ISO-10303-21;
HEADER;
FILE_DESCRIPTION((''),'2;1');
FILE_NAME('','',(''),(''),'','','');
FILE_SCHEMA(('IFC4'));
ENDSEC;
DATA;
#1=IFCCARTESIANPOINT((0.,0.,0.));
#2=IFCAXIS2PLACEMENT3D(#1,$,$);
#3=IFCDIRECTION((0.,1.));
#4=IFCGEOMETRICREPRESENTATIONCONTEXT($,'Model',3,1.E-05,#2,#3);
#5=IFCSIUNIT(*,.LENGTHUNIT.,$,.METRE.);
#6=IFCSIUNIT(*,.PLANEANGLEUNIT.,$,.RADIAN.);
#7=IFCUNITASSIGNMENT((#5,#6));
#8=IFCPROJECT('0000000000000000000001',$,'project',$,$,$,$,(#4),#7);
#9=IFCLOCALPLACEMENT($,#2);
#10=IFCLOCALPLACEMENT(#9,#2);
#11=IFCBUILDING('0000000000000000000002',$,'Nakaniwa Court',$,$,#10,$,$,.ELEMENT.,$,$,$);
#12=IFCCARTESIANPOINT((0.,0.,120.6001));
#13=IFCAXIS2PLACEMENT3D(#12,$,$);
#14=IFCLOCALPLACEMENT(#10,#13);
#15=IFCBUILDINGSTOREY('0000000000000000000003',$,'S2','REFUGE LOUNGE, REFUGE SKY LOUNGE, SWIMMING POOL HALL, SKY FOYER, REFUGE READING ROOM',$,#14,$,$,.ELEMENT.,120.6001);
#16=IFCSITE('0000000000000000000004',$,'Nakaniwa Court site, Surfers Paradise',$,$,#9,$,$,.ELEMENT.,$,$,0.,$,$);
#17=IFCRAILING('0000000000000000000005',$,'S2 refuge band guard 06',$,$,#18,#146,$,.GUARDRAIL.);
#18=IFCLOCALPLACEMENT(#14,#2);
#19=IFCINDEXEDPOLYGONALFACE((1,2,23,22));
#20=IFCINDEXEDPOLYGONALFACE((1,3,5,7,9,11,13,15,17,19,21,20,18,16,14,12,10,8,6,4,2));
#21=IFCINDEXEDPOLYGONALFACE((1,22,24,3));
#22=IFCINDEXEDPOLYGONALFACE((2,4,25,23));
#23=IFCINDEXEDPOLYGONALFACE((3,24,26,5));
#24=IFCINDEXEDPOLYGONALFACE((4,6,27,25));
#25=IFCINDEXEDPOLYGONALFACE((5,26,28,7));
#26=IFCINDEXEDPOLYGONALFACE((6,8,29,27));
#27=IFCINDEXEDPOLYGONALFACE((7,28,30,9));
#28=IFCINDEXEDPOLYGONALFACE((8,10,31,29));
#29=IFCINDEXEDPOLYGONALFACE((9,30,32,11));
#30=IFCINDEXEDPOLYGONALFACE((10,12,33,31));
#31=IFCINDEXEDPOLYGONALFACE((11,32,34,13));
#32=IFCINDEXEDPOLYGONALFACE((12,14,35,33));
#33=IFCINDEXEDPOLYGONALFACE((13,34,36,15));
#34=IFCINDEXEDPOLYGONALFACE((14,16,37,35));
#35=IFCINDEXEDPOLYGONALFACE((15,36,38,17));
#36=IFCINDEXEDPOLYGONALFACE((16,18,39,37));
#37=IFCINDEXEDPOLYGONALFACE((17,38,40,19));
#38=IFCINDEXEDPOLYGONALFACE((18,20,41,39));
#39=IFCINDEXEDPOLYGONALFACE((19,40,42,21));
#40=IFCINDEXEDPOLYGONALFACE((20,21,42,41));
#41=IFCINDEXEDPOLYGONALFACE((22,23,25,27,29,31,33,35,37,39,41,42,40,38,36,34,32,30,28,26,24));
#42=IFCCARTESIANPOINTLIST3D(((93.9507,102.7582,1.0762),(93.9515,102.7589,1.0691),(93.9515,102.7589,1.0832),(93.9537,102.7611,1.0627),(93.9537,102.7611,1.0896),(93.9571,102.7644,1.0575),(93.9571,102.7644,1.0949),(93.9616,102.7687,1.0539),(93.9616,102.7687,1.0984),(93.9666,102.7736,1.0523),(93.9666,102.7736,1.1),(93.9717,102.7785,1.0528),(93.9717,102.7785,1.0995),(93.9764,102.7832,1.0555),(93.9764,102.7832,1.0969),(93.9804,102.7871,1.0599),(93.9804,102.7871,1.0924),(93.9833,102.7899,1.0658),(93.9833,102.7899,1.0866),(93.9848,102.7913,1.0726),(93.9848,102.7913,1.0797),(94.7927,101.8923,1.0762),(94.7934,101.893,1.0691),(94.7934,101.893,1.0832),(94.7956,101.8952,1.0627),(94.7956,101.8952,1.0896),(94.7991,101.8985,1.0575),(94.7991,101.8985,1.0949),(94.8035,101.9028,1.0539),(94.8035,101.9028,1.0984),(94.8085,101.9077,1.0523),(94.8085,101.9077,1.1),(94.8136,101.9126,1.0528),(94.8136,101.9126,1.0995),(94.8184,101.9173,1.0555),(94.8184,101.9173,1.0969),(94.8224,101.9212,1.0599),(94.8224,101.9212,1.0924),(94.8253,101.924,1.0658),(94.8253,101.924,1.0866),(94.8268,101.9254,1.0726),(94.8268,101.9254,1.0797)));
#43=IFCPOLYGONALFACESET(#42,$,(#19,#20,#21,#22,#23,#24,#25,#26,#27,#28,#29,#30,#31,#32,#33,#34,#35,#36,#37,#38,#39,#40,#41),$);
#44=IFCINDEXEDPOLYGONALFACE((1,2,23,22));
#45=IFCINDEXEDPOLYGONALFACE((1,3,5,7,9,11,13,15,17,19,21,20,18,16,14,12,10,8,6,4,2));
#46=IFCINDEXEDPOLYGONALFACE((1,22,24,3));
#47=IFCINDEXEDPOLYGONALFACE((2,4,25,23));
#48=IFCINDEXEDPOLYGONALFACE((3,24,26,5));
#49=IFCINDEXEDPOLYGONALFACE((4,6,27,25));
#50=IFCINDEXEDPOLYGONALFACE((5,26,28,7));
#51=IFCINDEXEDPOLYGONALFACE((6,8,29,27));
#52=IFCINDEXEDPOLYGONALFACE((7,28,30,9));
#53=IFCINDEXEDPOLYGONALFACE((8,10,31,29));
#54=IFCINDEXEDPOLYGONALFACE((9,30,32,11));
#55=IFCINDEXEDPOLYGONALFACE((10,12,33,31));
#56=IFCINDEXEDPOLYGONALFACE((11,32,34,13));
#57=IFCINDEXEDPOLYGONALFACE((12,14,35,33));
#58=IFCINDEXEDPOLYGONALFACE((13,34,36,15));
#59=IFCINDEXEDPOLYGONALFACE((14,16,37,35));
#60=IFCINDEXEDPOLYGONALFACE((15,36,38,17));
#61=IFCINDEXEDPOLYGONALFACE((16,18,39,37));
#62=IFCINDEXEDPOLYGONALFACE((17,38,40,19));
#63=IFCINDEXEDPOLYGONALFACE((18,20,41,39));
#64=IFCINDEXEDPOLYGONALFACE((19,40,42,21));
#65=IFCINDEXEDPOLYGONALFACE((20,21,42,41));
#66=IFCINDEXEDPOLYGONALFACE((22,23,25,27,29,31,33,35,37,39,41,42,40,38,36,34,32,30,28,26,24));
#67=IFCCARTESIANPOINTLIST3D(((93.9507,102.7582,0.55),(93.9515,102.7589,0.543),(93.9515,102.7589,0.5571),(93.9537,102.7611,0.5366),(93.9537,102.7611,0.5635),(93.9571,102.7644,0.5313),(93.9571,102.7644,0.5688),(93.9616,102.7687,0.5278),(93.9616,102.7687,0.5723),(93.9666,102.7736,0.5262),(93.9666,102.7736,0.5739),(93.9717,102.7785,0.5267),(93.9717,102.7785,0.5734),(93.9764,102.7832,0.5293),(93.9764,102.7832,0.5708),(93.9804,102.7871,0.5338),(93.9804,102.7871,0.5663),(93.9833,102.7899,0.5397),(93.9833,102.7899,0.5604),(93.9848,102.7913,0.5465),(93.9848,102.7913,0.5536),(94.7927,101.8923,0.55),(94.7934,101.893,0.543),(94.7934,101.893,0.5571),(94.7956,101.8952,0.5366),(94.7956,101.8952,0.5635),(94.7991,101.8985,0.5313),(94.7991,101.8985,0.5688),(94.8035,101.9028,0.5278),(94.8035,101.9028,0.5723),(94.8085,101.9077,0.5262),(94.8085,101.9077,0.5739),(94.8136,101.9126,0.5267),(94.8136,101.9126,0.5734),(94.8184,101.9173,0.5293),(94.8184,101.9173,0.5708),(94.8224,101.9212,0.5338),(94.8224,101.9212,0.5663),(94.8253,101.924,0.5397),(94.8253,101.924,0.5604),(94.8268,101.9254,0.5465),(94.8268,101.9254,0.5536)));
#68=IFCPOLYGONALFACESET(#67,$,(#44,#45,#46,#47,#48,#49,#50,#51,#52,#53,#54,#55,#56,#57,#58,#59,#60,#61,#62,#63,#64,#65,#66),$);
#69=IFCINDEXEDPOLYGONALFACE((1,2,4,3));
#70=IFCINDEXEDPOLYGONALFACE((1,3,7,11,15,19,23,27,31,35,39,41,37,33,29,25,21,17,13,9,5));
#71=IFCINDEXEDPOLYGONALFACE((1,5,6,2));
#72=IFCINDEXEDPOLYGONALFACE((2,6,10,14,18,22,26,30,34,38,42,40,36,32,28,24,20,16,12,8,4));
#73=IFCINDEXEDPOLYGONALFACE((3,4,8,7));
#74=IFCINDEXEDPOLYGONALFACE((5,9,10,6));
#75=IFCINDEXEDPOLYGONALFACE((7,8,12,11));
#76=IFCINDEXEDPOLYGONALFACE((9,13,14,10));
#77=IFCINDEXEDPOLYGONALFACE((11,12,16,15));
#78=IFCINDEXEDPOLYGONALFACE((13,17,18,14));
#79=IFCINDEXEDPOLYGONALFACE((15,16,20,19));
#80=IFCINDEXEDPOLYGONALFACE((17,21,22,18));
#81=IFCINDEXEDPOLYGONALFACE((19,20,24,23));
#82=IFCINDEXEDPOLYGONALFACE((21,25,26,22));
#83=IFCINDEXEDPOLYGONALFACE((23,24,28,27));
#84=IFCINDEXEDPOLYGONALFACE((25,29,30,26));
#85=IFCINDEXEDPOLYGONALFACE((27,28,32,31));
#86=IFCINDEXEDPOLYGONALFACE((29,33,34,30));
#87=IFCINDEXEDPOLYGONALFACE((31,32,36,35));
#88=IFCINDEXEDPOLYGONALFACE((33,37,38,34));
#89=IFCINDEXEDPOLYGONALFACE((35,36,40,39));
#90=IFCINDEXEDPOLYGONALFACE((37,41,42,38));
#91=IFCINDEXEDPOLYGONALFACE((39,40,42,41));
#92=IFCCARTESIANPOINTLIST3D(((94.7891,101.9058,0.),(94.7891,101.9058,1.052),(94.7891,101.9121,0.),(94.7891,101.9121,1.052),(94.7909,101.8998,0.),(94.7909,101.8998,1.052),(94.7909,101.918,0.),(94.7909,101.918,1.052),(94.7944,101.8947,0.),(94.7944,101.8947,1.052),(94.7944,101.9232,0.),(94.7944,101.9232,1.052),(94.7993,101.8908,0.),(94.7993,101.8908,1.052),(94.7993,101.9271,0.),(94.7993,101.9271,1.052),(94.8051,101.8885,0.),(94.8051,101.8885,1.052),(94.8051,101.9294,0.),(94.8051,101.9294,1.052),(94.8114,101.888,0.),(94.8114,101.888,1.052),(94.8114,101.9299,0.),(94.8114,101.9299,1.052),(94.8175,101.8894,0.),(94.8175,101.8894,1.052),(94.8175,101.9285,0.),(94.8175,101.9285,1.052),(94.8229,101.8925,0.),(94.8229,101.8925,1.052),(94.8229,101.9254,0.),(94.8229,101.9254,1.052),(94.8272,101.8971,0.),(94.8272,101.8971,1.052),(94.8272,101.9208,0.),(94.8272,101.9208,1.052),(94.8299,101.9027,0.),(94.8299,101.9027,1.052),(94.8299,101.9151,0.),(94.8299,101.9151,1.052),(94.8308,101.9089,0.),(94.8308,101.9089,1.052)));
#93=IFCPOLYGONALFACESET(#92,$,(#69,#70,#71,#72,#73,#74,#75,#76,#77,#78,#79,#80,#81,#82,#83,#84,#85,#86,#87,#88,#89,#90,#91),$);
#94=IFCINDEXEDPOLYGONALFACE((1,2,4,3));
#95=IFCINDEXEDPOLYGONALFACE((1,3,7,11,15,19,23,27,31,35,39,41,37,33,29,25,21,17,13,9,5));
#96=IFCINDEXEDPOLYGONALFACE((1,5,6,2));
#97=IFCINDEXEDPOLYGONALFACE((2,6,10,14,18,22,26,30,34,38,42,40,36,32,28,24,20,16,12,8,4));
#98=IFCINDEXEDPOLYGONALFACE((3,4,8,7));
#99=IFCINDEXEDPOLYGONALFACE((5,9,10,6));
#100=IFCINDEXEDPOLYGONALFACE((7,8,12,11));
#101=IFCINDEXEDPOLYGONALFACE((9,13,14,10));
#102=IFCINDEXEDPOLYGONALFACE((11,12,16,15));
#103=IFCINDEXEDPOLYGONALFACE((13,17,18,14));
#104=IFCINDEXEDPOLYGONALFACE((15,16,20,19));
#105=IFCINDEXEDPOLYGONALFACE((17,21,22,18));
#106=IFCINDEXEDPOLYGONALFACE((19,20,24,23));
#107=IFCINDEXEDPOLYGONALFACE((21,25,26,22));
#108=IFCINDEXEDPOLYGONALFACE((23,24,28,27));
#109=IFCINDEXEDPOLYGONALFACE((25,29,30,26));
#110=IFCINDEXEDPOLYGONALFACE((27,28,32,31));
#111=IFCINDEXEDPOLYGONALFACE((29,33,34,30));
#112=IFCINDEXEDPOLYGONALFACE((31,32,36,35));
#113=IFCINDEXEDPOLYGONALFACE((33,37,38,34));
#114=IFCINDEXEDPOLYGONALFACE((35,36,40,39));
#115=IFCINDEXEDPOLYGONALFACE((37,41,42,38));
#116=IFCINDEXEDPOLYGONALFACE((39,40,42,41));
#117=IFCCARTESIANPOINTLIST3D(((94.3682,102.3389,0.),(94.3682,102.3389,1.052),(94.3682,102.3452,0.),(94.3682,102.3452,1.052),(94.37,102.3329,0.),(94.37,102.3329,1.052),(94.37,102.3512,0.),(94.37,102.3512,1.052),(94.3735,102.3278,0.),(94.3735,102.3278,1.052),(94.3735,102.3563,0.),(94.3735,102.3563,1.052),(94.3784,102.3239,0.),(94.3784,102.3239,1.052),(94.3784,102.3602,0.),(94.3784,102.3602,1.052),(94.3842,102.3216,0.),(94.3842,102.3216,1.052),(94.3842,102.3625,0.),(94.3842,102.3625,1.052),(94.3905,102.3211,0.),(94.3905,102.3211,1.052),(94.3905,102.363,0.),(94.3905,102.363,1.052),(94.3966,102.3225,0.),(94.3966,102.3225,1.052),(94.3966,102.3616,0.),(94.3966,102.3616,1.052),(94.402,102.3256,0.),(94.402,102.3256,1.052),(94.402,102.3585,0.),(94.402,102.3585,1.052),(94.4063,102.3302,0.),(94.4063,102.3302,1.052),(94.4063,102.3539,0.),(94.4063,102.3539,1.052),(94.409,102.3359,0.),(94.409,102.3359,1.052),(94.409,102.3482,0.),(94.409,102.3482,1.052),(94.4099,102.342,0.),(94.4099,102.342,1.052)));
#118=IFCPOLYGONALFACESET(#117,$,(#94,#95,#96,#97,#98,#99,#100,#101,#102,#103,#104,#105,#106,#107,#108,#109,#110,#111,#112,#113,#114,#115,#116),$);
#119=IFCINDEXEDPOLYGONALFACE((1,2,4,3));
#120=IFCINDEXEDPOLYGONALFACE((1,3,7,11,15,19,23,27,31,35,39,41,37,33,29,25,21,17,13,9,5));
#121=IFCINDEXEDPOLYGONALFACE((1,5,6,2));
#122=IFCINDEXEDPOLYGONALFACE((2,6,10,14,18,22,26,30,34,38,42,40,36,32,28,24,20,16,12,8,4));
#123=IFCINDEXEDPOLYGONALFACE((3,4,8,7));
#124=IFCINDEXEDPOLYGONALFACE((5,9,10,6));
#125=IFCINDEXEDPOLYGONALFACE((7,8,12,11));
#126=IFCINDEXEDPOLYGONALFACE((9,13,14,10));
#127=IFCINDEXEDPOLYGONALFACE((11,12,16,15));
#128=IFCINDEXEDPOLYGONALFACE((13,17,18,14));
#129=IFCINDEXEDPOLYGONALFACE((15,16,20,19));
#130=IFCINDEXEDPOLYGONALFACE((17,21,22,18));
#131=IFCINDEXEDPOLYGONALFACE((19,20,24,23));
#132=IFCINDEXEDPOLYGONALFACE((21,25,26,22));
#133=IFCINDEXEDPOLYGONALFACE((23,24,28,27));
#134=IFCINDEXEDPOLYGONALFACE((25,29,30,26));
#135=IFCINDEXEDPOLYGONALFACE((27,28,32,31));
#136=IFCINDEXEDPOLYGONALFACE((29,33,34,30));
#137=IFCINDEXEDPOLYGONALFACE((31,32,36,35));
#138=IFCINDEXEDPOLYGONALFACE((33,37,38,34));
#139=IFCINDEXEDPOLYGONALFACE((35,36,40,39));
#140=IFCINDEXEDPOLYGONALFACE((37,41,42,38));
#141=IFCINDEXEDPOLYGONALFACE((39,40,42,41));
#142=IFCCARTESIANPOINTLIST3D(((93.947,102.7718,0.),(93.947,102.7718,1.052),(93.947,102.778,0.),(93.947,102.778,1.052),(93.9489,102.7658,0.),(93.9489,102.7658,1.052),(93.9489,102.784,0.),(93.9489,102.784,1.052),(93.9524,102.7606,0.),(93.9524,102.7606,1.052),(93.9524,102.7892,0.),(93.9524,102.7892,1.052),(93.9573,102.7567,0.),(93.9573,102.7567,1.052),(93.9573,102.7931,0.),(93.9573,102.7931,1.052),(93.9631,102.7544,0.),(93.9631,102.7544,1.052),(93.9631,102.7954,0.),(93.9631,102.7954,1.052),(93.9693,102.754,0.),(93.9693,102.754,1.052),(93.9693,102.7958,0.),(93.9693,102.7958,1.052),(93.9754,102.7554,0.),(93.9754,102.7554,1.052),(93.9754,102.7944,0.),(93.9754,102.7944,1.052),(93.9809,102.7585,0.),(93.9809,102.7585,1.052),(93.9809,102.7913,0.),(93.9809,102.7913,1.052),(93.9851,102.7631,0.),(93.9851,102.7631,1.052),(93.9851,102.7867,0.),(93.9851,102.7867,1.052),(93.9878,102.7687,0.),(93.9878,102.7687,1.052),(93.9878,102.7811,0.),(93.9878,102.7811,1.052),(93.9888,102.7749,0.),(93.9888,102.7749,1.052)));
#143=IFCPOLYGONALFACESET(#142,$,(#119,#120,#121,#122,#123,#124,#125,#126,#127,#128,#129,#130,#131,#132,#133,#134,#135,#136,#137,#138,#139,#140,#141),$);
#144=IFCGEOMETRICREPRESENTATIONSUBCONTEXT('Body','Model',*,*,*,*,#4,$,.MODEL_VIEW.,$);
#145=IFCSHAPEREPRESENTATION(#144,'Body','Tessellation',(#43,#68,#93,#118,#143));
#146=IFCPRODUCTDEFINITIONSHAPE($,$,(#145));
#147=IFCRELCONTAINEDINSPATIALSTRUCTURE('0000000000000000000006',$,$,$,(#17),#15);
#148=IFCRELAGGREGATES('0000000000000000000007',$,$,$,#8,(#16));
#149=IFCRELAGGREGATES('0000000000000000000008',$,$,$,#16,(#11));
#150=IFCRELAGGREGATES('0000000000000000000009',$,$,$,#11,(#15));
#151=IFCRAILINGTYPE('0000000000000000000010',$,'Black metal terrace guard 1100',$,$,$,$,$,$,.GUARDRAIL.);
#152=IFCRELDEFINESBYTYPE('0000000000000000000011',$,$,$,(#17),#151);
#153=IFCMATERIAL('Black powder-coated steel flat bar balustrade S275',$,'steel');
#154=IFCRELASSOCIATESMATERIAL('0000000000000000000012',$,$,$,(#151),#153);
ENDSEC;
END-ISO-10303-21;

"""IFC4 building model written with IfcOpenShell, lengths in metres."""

from ifc_helpers import new_model, si_unit, direction, frame, origin, origin_2d, place, context, subcontext, project, spatial, circle, extrude, material, type_object, element, save


model = new_model("IFC4")

# Units and contexts
model_context = context("Model", 3, precision=1e-05, world=origin(), true_north=direction((0.0, 1.0)))
body_context = subcontext(model_context, "Body", "Model", "MODEL_VIEW")
ifc_project = project(units=[si_unit("LENGTHUNIT", "METRE"), si_unit("PLANEANGLEUNIT", "RADIAN")], contexts=[model_context])

# Site, building, storey
site_placement = place(None, origin())
site = spatial("IfcSite", under=ifc_project, at=site_placement, Name="Nakaniwa Court site, Surfers Paradise", CompositionType="ELEMENT", RefElevation=0.0)
building_placement = place(site_placement, origin())
building = spatial("IfcBuilding", under=site, at=building_placement, Name="Nakaniwa Court", CompositionType="ELEMENT")
storey_placement = place(building_placement, frame((0.0, 0.0, 120.6001)))
storey = spatial("IfcBuildingStorey", under=building, at=storey_placement, Name="S2", Description="REFUGE LOUNGE, REFUGE SKY LOUNGE, SWIMMING POOL HALL, SKY FOYER, REFUGE READING ROOM", CompositionType="ELEMENT", Elevation=120.6001)

# Railing
ifc_material_1 = material(Name="Black powder-coated steel flat bar balustrade S275", Category="steel")
railing_type = type_object("IfcRailingType", Name="Black metal terrace guard 1100", PredefinedType="GUARDRAIL", material=ifc_material_1)
railing_1_placement = place(storey_placement, frame((94.8098, 101.9089, 0.0)))
element("IfcRailing", 1, at=railing_1_placement, inside=storey, type_object=railing_type, Name="S2 refuge band guard 06", PredefinedType="GUARDRAIL", context=body_context, shape_type="SweptSolid", body=[
    extrude(circle(Radius=0.0239, at=origin_2d()), frame((0.0, 0.0, 1.0762), z_axis=(-0.697133, 0.716942, 0.0), x_axis=(-0.716942, -0.697133, 0.0)), (0.0, 0.0, 1.0), 1.2078),
    extrude(circle(Radius=0.0239, at=origin_2d()), frame((0.0, 0.0, 0.55), z_axis=(-0.697133, 0.716942, 0.0), x_axis=(-0.716942, -0.697133, 0.0)), (0.0, 0.0, 1.0), 1.2078),
    extrude(circle(Radius=0.021, at=origin_2d()), origin(), (0.0, 0.0, 1.0), 1.052),
    extrude(circle(Radius=0.021, at=origin_2d()), frame((-0.4209, 0.4331, 0.0)), (0.0, 0.0, 1.0), 1.052),
    extrude(circle(Radius=0.021, at=origin_2d()), frame((-0.842, 0.866, 0.0)), (0.0, 0.0, 1.0), 1.052),
])

save(model, "model.ifc")
